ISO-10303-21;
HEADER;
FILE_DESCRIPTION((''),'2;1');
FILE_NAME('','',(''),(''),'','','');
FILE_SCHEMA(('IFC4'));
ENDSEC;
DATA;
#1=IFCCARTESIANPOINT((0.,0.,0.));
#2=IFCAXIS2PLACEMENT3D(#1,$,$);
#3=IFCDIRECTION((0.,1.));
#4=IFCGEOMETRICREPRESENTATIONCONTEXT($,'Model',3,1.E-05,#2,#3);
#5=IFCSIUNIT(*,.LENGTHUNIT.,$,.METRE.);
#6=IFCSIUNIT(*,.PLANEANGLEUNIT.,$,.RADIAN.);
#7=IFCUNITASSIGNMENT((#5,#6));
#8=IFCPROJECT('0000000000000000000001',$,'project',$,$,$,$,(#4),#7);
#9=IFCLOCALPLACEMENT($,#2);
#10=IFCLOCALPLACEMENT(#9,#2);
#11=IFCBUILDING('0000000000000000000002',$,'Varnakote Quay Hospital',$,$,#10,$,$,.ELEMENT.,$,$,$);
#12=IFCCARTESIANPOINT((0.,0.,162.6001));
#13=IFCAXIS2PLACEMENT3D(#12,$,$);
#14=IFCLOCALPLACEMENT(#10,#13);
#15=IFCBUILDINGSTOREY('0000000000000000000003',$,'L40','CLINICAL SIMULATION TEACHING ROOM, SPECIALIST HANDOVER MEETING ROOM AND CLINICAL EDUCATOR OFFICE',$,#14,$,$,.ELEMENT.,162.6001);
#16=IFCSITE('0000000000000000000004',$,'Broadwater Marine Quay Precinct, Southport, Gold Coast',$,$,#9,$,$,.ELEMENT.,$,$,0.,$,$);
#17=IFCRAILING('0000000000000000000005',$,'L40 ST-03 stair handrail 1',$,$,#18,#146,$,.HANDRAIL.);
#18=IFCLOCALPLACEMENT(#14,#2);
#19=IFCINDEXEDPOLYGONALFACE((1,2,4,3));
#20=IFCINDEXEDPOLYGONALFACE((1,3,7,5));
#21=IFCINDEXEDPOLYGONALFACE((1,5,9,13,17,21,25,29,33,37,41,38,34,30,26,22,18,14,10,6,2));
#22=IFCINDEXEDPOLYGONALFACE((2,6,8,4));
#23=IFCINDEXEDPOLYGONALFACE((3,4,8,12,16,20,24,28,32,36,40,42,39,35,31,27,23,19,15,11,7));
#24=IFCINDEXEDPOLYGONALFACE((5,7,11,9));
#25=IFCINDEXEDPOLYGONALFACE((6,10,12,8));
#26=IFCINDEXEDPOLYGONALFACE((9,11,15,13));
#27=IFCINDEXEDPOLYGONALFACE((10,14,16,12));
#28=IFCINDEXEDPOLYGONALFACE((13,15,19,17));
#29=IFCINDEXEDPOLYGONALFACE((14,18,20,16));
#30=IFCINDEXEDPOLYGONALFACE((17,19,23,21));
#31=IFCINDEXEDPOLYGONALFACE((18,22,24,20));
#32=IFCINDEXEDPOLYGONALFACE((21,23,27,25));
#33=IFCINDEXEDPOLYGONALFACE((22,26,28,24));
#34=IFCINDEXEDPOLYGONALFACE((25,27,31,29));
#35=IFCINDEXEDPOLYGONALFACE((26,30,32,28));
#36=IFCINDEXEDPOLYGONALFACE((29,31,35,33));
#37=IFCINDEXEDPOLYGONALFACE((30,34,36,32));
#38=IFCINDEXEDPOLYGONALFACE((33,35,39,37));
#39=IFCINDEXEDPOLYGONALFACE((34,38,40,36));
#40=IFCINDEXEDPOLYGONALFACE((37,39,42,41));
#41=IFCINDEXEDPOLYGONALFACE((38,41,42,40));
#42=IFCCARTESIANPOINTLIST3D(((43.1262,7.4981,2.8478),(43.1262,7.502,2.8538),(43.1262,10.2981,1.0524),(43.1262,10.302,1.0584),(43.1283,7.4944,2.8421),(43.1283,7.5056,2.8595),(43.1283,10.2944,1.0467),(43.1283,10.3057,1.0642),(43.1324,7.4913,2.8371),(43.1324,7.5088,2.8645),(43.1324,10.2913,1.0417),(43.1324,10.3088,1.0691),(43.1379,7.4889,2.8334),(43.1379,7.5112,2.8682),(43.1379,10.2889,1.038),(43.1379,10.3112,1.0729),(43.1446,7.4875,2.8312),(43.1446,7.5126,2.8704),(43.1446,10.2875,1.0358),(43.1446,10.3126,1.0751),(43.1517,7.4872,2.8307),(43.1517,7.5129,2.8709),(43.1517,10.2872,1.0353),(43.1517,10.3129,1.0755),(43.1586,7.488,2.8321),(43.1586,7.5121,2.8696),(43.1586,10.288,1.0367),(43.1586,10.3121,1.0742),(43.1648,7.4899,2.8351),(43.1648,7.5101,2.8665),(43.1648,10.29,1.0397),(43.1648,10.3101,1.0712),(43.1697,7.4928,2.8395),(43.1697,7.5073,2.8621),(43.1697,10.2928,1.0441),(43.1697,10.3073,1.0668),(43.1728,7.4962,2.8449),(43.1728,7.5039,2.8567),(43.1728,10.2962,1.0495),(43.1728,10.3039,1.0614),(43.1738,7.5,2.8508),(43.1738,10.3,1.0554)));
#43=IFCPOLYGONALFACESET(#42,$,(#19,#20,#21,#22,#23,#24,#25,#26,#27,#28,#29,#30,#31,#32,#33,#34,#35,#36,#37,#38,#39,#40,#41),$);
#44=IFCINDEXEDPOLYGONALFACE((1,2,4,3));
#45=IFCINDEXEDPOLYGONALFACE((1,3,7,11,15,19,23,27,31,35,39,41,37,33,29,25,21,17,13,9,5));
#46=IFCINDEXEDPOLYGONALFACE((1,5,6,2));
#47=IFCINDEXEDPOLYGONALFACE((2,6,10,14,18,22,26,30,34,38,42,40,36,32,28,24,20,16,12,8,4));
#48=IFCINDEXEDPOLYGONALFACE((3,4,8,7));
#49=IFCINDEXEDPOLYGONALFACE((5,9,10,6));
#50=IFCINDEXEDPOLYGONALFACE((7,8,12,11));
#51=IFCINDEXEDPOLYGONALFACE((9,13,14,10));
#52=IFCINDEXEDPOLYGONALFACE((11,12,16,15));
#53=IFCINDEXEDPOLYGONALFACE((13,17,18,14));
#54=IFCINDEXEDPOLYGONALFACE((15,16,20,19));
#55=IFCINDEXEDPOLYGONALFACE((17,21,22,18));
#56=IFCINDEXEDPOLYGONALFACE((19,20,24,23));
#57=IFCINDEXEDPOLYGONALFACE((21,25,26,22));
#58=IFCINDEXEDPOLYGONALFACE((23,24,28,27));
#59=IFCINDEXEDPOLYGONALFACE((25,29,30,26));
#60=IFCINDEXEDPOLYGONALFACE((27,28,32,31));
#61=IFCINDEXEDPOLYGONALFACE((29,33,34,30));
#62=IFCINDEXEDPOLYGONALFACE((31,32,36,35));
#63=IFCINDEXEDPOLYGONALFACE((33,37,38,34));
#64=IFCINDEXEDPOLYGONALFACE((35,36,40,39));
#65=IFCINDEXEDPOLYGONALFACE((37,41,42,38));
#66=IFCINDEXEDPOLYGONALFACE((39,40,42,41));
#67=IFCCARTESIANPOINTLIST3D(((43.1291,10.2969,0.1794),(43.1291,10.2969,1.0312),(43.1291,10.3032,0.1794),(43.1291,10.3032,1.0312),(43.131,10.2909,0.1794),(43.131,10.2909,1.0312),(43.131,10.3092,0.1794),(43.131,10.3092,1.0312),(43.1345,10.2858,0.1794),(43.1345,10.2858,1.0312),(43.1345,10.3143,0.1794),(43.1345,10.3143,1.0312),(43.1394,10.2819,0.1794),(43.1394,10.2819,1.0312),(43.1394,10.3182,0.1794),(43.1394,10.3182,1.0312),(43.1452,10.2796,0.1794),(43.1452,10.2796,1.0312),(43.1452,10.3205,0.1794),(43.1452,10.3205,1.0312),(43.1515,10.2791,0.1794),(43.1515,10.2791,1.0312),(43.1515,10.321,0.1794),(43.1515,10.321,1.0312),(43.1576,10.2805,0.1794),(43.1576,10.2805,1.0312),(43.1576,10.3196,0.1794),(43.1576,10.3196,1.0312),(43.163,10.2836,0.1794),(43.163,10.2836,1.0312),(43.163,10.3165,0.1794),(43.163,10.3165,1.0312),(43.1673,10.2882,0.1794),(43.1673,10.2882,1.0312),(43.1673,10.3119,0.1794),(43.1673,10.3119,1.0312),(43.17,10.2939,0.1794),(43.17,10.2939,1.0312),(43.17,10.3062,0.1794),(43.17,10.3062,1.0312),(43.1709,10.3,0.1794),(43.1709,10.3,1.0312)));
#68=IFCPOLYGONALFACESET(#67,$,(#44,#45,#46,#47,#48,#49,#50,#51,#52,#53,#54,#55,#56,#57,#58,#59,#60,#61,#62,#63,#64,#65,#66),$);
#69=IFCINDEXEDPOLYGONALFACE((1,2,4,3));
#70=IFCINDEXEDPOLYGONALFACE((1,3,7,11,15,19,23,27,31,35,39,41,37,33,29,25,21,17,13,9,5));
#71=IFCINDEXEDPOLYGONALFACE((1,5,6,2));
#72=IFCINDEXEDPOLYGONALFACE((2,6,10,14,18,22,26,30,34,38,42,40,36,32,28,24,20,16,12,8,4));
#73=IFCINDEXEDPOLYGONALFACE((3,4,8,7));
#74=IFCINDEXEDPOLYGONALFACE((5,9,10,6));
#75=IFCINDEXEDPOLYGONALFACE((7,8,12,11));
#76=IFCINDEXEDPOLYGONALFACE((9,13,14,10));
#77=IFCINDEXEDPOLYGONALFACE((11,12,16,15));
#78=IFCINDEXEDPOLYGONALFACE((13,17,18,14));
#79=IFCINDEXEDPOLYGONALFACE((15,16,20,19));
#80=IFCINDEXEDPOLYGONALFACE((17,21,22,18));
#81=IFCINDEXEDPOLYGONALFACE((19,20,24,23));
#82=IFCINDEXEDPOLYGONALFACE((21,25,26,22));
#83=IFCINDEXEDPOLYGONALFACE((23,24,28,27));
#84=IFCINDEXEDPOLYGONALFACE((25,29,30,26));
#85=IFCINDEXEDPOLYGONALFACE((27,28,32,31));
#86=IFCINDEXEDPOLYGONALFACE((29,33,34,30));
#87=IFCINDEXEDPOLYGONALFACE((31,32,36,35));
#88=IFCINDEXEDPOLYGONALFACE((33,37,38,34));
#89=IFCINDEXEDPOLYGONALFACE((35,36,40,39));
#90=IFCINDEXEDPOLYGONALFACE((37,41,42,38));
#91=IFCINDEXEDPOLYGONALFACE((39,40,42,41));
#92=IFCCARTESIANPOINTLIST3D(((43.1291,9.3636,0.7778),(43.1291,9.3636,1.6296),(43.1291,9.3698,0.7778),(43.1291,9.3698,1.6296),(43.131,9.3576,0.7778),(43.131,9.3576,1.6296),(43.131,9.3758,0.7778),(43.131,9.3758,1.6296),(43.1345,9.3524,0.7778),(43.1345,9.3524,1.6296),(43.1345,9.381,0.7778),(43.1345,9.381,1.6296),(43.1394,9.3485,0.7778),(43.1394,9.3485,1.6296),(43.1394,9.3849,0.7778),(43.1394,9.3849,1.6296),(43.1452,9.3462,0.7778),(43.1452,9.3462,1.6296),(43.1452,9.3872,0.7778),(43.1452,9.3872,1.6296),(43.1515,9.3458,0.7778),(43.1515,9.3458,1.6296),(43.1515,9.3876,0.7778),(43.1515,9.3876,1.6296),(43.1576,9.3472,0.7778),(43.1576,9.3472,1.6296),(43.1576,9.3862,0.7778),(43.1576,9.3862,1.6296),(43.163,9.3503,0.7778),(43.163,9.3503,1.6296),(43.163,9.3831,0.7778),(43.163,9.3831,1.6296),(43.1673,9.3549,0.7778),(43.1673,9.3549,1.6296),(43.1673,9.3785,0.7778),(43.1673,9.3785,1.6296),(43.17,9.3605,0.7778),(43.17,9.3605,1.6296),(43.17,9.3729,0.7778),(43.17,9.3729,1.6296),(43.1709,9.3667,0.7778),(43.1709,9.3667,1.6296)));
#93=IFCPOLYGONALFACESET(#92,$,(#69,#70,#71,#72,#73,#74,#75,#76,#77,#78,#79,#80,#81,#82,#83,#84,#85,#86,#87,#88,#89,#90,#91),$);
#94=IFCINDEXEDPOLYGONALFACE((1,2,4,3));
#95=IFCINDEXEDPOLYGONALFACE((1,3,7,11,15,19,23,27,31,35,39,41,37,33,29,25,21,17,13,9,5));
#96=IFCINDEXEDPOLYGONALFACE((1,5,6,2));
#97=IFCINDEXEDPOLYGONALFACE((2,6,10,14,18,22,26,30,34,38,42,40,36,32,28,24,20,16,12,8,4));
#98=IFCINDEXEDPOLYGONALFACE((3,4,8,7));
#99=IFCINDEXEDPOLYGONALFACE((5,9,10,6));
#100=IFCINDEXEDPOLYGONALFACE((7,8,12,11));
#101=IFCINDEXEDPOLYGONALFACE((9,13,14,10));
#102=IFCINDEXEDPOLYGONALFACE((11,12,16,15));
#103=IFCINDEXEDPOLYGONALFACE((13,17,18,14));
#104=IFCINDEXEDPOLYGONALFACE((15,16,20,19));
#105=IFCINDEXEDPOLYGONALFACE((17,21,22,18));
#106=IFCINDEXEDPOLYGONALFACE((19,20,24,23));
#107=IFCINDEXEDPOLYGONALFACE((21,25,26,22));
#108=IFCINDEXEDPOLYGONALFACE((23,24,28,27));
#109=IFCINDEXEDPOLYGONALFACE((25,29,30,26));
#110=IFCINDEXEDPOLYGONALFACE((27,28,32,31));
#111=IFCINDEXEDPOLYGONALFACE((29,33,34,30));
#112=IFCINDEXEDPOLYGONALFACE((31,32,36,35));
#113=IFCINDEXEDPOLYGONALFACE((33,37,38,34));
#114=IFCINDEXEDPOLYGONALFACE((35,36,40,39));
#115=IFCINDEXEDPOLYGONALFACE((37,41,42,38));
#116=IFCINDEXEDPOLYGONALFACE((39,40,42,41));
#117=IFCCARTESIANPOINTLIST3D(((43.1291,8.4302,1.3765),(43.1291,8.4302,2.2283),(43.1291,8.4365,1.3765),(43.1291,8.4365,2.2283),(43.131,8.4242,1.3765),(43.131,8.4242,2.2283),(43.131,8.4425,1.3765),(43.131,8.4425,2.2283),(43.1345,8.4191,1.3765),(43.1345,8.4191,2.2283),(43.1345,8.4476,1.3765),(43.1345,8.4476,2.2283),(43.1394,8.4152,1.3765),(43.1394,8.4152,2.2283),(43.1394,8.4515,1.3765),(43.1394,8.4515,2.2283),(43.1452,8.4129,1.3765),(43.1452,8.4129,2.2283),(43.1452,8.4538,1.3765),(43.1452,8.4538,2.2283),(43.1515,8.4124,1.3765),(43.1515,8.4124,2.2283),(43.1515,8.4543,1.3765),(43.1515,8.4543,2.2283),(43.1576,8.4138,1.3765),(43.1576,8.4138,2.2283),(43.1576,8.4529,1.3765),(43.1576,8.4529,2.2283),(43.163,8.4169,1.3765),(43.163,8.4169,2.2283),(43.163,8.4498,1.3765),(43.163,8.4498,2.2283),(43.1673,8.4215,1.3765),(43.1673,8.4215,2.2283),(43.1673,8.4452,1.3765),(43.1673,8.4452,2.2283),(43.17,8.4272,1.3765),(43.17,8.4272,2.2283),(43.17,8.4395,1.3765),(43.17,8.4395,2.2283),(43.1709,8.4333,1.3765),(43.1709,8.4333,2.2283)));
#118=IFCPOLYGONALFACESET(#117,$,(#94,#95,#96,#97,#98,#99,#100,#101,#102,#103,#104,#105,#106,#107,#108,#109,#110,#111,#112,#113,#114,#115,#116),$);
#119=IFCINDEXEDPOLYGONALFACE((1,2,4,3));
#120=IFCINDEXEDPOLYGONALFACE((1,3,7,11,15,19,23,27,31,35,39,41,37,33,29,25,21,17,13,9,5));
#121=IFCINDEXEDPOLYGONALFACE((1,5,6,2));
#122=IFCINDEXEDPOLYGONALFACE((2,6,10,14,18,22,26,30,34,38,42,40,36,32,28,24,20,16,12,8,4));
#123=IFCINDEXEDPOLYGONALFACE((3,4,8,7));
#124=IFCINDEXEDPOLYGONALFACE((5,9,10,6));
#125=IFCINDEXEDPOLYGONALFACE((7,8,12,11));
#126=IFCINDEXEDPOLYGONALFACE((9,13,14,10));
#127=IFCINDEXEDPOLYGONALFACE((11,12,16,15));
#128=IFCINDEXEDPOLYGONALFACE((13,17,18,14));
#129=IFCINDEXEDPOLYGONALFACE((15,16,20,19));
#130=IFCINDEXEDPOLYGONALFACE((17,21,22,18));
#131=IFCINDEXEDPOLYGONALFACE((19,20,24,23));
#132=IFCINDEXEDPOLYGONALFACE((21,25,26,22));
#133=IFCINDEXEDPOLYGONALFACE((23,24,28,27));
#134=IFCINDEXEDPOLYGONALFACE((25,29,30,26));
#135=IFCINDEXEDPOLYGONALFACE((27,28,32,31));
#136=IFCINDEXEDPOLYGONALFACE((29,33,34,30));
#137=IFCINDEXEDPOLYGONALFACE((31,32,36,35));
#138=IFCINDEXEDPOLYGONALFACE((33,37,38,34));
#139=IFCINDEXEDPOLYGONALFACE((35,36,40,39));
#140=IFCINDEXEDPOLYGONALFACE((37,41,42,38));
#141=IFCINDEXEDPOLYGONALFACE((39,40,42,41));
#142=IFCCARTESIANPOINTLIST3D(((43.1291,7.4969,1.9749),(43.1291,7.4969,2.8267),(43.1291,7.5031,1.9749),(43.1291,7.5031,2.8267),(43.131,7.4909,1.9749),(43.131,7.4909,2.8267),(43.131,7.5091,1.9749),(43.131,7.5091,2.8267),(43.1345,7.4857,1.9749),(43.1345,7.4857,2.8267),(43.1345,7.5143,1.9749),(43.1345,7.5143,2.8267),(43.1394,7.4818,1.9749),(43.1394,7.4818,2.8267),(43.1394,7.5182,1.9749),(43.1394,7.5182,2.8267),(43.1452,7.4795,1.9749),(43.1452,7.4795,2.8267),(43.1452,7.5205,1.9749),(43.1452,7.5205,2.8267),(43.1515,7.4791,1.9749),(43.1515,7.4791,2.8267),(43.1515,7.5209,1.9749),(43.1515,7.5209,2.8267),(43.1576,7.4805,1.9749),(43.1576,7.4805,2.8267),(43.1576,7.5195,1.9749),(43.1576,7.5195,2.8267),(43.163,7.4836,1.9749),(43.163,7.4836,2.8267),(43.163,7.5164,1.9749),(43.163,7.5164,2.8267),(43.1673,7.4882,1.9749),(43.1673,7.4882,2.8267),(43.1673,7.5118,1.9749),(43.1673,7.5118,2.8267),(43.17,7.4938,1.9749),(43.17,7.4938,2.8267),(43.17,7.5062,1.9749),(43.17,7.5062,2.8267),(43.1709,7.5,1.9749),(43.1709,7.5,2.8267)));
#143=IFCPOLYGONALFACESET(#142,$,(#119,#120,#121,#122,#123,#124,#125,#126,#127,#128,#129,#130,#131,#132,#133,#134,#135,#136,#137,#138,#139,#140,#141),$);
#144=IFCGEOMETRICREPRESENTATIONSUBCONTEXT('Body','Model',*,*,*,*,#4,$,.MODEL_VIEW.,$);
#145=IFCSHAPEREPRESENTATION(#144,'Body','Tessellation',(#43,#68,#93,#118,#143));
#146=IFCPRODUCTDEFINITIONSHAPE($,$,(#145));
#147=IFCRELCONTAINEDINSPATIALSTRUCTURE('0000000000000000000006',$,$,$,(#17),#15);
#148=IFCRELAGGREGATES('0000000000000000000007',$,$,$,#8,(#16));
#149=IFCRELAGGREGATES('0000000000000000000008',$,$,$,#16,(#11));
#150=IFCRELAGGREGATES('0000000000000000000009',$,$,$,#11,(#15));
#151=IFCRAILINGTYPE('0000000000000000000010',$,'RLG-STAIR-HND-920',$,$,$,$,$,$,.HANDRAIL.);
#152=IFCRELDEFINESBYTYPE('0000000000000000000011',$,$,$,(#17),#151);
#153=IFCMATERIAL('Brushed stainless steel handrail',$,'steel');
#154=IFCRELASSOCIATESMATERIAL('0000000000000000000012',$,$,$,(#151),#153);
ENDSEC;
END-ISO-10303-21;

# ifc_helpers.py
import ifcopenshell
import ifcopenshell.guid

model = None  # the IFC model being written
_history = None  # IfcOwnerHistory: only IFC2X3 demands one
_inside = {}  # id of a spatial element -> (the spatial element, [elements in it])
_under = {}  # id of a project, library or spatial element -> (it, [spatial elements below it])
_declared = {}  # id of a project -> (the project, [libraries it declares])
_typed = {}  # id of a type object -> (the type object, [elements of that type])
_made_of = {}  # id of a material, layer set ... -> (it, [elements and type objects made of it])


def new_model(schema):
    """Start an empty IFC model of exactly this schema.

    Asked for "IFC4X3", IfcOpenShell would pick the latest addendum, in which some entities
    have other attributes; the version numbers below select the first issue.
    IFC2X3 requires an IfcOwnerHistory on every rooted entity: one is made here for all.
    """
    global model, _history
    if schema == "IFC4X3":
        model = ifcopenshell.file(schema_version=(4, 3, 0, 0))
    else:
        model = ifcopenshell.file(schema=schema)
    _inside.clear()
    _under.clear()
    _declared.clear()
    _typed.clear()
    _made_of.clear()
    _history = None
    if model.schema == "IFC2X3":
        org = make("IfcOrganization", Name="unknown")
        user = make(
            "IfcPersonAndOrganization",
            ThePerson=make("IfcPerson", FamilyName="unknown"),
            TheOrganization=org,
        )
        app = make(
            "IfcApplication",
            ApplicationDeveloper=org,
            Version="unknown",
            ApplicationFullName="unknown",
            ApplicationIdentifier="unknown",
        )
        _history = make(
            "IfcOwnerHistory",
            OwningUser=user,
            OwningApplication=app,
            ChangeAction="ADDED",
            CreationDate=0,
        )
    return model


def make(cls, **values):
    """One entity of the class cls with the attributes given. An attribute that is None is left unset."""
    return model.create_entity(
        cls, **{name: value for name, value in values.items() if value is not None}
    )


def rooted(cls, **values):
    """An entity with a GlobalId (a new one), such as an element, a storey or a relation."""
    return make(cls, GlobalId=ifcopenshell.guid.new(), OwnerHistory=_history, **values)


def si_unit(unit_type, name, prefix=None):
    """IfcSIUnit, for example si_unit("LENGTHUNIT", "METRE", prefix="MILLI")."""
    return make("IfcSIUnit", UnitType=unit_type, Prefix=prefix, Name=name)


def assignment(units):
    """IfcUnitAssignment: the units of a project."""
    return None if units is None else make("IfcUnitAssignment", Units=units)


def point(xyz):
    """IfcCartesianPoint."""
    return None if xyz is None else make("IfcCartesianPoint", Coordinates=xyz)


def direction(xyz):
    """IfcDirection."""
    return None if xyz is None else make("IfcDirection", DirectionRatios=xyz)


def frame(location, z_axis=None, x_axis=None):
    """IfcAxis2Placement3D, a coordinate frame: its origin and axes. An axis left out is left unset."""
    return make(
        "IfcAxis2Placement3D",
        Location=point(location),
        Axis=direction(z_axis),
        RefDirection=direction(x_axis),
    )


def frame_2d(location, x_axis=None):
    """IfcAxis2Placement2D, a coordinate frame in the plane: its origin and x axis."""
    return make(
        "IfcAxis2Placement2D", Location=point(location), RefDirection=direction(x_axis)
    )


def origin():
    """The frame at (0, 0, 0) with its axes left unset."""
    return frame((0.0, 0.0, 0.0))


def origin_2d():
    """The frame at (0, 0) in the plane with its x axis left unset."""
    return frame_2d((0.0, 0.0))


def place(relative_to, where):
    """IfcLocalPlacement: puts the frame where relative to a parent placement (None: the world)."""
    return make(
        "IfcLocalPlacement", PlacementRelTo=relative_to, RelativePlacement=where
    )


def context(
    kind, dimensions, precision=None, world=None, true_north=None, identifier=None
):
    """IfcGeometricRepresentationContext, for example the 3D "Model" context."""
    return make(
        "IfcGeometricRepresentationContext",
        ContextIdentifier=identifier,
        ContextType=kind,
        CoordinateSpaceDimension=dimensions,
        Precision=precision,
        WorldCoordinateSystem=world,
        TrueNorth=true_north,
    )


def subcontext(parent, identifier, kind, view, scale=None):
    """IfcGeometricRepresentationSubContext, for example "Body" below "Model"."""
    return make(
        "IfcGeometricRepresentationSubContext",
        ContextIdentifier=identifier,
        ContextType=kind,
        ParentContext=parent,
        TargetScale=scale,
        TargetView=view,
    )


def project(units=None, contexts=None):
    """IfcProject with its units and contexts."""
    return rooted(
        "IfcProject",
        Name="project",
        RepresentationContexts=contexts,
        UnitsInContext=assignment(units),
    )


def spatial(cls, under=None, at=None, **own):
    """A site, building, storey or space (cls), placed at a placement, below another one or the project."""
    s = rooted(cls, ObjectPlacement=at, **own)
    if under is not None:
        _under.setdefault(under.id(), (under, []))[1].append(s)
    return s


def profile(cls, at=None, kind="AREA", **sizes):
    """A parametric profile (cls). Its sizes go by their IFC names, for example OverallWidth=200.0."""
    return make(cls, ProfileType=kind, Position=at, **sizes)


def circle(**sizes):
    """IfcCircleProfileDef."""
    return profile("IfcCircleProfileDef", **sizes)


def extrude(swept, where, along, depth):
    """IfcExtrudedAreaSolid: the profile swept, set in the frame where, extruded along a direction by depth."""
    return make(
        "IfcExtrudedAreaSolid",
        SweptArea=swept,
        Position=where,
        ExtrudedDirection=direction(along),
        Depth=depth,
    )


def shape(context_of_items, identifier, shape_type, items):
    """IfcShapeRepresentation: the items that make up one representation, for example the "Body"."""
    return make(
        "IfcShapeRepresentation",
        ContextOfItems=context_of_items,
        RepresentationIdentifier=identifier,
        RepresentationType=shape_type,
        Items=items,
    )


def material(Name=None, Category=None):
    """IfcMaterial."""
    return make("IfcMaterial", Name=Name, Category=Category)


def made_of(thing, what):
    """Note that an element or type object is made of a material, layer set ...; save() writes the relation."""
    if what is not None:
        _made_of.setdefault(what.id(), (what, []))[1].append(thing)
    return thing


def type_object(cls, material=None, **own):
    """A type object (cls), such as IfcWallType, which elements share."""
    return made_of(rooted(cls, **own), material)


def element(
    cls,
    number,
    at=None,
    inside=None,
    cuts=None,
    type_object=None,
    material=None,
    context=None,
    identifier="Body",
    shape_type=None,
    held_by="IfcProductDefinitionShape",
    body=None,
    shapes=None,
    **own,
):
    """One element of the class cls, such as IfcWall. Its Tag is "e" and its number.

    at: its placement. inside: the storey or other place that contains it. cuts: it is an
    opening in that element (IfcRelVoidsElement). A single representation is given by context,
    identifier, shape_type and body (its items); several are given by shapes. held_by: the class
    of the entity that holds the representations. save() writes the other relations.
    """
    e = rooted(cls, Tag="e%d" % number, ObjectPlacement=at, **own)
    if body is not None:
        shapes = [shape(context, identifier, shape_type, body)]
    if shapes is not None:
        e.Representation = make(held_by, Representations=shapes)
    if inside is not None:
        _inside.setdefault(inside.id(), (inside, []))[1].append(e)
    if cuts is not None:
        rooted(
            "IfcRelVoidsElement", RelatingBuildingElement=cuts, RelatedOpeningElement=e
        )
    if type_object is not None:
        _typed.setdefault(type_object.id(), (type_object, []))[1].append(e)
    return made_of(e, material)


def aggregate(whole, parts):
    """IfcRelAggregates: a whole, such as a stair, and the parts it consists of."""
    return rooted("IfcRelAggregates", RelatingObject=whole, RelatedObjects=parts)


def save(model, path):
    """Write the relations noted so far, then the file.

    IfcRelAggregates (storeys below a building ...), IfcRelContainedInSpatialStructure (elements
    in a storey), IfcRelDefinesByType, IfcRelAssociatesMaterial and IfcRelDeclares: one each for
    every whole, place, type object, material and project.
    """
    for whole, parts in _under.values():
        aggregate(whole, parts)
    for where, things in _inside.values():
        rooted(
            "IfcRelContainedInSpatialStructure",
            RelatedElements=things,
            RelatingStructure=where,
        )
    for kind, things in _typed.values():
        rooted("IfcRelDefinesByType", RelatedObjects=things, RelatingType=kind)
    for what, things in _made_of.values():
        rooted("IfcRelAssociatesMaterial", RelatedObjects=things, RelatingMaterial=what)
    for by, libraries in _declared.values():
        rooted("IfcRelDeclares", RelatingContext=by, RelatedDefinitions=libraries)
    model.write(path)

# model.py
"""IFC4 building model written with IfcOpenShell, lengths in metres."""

from ifc_helpers import new_model, si_unit, direction, frame, origin, origin_2d, place, context, subcontext, project, spatial, circle, extrude, material, type_object, element, save


model = new_model("IFC4")

# Units and contexts
model_context = context("Model", 3, precision=1e-05, world=origin(), true_north=direction((0.0, 1.0)))
body_context = subcontext(model_context, "Body", "Model", "MODEL_VIEW")
ifc_project = project(units=[si_unit("LENGTHUNIT", "METRE"), si_unit("PLANEANGLEUNIT", "RADIAN")], contexts=[model_context])

# Site, building, storey
site_placement = place(None, origin())
site = spatial("IfcSite", under=ifc_project, at=site_placement, Name="Broadwater Marine Quay Precinct, Southport, Gold Coast", CompositionType="ELEMENT", RefElevation=0.0)
building_placement = place(site_placement, origin())
building = spatial("IfcBuilding", under=site, at=building_placement, Name="Varnakote Quay Hospital", CompositionType="ELEMENT")
storey_placement = place(building_placement, frame((0.0, 0.0, 162.6001)))
storey = spatial("IfcBuildingStorey", under=building, at=storey_placement, Name="L40", Description="CLINICAL SIMULATION TEACHING ROOM, SPECIALIST HANDOVER MEETING ROOM AND CLINICAL EDUCATOR OFFICE", CompositionType="ELEMENT", Elevation=162.6001)

# Railing
ifc_material_1 = material(Name="Brushed stainless steel handrail", Category="steel")
railing_type_1 = type_object("IfcRailingType", Name="RLG-STAIR-HND-920", PredefinedType="HANDRAIL", material=ifc_material_1)
railing_1_placement = place(storey_placement, frame((43.1499, 10.3, 0.1794)))
element("IfcRailing", 1, at=railing_1_placement, inside=storey, type_object=railing_type_1, Name="L40 ST-03 stair handrail 1", PredefinedType="HANDRAIL", context=body_context, shape_type="SweptSolid", body=[
    extrude(circle(Radius=0.0239, at=origin_2d()), frame((0.0, 0.0, 0.876), z_axis=(0.0, -0.84181, 0.539774), x_axis=(1.0, 0.0, 0.0)), (0.0, 0.0, 1.0), 3.3262),
    extrude(circle(Radius=0.021, at=origin_2d()), origin(), (0.0, 0.0, 1.0), 0.8518),
    extrude(circle(Radius=0.021, at=origin_2d()), frame((0.0, -0.9333, 0.5984)), (0.0, 0.0, 1.0), 0.8518),
    extrude(circle(Radius=0.021, at=origin_2d()), frame((0.0, -1.8667, 1.197)), (0.0, 0.0, 1.0), 0.8518),
    extrude(circle(Radius=0.021, at=origin_2d()), frame((0.0, -2.8, 1.7954)), (0.0, 0.0, 1.0), 0.8518),
])

save(model, "model.ifc")
